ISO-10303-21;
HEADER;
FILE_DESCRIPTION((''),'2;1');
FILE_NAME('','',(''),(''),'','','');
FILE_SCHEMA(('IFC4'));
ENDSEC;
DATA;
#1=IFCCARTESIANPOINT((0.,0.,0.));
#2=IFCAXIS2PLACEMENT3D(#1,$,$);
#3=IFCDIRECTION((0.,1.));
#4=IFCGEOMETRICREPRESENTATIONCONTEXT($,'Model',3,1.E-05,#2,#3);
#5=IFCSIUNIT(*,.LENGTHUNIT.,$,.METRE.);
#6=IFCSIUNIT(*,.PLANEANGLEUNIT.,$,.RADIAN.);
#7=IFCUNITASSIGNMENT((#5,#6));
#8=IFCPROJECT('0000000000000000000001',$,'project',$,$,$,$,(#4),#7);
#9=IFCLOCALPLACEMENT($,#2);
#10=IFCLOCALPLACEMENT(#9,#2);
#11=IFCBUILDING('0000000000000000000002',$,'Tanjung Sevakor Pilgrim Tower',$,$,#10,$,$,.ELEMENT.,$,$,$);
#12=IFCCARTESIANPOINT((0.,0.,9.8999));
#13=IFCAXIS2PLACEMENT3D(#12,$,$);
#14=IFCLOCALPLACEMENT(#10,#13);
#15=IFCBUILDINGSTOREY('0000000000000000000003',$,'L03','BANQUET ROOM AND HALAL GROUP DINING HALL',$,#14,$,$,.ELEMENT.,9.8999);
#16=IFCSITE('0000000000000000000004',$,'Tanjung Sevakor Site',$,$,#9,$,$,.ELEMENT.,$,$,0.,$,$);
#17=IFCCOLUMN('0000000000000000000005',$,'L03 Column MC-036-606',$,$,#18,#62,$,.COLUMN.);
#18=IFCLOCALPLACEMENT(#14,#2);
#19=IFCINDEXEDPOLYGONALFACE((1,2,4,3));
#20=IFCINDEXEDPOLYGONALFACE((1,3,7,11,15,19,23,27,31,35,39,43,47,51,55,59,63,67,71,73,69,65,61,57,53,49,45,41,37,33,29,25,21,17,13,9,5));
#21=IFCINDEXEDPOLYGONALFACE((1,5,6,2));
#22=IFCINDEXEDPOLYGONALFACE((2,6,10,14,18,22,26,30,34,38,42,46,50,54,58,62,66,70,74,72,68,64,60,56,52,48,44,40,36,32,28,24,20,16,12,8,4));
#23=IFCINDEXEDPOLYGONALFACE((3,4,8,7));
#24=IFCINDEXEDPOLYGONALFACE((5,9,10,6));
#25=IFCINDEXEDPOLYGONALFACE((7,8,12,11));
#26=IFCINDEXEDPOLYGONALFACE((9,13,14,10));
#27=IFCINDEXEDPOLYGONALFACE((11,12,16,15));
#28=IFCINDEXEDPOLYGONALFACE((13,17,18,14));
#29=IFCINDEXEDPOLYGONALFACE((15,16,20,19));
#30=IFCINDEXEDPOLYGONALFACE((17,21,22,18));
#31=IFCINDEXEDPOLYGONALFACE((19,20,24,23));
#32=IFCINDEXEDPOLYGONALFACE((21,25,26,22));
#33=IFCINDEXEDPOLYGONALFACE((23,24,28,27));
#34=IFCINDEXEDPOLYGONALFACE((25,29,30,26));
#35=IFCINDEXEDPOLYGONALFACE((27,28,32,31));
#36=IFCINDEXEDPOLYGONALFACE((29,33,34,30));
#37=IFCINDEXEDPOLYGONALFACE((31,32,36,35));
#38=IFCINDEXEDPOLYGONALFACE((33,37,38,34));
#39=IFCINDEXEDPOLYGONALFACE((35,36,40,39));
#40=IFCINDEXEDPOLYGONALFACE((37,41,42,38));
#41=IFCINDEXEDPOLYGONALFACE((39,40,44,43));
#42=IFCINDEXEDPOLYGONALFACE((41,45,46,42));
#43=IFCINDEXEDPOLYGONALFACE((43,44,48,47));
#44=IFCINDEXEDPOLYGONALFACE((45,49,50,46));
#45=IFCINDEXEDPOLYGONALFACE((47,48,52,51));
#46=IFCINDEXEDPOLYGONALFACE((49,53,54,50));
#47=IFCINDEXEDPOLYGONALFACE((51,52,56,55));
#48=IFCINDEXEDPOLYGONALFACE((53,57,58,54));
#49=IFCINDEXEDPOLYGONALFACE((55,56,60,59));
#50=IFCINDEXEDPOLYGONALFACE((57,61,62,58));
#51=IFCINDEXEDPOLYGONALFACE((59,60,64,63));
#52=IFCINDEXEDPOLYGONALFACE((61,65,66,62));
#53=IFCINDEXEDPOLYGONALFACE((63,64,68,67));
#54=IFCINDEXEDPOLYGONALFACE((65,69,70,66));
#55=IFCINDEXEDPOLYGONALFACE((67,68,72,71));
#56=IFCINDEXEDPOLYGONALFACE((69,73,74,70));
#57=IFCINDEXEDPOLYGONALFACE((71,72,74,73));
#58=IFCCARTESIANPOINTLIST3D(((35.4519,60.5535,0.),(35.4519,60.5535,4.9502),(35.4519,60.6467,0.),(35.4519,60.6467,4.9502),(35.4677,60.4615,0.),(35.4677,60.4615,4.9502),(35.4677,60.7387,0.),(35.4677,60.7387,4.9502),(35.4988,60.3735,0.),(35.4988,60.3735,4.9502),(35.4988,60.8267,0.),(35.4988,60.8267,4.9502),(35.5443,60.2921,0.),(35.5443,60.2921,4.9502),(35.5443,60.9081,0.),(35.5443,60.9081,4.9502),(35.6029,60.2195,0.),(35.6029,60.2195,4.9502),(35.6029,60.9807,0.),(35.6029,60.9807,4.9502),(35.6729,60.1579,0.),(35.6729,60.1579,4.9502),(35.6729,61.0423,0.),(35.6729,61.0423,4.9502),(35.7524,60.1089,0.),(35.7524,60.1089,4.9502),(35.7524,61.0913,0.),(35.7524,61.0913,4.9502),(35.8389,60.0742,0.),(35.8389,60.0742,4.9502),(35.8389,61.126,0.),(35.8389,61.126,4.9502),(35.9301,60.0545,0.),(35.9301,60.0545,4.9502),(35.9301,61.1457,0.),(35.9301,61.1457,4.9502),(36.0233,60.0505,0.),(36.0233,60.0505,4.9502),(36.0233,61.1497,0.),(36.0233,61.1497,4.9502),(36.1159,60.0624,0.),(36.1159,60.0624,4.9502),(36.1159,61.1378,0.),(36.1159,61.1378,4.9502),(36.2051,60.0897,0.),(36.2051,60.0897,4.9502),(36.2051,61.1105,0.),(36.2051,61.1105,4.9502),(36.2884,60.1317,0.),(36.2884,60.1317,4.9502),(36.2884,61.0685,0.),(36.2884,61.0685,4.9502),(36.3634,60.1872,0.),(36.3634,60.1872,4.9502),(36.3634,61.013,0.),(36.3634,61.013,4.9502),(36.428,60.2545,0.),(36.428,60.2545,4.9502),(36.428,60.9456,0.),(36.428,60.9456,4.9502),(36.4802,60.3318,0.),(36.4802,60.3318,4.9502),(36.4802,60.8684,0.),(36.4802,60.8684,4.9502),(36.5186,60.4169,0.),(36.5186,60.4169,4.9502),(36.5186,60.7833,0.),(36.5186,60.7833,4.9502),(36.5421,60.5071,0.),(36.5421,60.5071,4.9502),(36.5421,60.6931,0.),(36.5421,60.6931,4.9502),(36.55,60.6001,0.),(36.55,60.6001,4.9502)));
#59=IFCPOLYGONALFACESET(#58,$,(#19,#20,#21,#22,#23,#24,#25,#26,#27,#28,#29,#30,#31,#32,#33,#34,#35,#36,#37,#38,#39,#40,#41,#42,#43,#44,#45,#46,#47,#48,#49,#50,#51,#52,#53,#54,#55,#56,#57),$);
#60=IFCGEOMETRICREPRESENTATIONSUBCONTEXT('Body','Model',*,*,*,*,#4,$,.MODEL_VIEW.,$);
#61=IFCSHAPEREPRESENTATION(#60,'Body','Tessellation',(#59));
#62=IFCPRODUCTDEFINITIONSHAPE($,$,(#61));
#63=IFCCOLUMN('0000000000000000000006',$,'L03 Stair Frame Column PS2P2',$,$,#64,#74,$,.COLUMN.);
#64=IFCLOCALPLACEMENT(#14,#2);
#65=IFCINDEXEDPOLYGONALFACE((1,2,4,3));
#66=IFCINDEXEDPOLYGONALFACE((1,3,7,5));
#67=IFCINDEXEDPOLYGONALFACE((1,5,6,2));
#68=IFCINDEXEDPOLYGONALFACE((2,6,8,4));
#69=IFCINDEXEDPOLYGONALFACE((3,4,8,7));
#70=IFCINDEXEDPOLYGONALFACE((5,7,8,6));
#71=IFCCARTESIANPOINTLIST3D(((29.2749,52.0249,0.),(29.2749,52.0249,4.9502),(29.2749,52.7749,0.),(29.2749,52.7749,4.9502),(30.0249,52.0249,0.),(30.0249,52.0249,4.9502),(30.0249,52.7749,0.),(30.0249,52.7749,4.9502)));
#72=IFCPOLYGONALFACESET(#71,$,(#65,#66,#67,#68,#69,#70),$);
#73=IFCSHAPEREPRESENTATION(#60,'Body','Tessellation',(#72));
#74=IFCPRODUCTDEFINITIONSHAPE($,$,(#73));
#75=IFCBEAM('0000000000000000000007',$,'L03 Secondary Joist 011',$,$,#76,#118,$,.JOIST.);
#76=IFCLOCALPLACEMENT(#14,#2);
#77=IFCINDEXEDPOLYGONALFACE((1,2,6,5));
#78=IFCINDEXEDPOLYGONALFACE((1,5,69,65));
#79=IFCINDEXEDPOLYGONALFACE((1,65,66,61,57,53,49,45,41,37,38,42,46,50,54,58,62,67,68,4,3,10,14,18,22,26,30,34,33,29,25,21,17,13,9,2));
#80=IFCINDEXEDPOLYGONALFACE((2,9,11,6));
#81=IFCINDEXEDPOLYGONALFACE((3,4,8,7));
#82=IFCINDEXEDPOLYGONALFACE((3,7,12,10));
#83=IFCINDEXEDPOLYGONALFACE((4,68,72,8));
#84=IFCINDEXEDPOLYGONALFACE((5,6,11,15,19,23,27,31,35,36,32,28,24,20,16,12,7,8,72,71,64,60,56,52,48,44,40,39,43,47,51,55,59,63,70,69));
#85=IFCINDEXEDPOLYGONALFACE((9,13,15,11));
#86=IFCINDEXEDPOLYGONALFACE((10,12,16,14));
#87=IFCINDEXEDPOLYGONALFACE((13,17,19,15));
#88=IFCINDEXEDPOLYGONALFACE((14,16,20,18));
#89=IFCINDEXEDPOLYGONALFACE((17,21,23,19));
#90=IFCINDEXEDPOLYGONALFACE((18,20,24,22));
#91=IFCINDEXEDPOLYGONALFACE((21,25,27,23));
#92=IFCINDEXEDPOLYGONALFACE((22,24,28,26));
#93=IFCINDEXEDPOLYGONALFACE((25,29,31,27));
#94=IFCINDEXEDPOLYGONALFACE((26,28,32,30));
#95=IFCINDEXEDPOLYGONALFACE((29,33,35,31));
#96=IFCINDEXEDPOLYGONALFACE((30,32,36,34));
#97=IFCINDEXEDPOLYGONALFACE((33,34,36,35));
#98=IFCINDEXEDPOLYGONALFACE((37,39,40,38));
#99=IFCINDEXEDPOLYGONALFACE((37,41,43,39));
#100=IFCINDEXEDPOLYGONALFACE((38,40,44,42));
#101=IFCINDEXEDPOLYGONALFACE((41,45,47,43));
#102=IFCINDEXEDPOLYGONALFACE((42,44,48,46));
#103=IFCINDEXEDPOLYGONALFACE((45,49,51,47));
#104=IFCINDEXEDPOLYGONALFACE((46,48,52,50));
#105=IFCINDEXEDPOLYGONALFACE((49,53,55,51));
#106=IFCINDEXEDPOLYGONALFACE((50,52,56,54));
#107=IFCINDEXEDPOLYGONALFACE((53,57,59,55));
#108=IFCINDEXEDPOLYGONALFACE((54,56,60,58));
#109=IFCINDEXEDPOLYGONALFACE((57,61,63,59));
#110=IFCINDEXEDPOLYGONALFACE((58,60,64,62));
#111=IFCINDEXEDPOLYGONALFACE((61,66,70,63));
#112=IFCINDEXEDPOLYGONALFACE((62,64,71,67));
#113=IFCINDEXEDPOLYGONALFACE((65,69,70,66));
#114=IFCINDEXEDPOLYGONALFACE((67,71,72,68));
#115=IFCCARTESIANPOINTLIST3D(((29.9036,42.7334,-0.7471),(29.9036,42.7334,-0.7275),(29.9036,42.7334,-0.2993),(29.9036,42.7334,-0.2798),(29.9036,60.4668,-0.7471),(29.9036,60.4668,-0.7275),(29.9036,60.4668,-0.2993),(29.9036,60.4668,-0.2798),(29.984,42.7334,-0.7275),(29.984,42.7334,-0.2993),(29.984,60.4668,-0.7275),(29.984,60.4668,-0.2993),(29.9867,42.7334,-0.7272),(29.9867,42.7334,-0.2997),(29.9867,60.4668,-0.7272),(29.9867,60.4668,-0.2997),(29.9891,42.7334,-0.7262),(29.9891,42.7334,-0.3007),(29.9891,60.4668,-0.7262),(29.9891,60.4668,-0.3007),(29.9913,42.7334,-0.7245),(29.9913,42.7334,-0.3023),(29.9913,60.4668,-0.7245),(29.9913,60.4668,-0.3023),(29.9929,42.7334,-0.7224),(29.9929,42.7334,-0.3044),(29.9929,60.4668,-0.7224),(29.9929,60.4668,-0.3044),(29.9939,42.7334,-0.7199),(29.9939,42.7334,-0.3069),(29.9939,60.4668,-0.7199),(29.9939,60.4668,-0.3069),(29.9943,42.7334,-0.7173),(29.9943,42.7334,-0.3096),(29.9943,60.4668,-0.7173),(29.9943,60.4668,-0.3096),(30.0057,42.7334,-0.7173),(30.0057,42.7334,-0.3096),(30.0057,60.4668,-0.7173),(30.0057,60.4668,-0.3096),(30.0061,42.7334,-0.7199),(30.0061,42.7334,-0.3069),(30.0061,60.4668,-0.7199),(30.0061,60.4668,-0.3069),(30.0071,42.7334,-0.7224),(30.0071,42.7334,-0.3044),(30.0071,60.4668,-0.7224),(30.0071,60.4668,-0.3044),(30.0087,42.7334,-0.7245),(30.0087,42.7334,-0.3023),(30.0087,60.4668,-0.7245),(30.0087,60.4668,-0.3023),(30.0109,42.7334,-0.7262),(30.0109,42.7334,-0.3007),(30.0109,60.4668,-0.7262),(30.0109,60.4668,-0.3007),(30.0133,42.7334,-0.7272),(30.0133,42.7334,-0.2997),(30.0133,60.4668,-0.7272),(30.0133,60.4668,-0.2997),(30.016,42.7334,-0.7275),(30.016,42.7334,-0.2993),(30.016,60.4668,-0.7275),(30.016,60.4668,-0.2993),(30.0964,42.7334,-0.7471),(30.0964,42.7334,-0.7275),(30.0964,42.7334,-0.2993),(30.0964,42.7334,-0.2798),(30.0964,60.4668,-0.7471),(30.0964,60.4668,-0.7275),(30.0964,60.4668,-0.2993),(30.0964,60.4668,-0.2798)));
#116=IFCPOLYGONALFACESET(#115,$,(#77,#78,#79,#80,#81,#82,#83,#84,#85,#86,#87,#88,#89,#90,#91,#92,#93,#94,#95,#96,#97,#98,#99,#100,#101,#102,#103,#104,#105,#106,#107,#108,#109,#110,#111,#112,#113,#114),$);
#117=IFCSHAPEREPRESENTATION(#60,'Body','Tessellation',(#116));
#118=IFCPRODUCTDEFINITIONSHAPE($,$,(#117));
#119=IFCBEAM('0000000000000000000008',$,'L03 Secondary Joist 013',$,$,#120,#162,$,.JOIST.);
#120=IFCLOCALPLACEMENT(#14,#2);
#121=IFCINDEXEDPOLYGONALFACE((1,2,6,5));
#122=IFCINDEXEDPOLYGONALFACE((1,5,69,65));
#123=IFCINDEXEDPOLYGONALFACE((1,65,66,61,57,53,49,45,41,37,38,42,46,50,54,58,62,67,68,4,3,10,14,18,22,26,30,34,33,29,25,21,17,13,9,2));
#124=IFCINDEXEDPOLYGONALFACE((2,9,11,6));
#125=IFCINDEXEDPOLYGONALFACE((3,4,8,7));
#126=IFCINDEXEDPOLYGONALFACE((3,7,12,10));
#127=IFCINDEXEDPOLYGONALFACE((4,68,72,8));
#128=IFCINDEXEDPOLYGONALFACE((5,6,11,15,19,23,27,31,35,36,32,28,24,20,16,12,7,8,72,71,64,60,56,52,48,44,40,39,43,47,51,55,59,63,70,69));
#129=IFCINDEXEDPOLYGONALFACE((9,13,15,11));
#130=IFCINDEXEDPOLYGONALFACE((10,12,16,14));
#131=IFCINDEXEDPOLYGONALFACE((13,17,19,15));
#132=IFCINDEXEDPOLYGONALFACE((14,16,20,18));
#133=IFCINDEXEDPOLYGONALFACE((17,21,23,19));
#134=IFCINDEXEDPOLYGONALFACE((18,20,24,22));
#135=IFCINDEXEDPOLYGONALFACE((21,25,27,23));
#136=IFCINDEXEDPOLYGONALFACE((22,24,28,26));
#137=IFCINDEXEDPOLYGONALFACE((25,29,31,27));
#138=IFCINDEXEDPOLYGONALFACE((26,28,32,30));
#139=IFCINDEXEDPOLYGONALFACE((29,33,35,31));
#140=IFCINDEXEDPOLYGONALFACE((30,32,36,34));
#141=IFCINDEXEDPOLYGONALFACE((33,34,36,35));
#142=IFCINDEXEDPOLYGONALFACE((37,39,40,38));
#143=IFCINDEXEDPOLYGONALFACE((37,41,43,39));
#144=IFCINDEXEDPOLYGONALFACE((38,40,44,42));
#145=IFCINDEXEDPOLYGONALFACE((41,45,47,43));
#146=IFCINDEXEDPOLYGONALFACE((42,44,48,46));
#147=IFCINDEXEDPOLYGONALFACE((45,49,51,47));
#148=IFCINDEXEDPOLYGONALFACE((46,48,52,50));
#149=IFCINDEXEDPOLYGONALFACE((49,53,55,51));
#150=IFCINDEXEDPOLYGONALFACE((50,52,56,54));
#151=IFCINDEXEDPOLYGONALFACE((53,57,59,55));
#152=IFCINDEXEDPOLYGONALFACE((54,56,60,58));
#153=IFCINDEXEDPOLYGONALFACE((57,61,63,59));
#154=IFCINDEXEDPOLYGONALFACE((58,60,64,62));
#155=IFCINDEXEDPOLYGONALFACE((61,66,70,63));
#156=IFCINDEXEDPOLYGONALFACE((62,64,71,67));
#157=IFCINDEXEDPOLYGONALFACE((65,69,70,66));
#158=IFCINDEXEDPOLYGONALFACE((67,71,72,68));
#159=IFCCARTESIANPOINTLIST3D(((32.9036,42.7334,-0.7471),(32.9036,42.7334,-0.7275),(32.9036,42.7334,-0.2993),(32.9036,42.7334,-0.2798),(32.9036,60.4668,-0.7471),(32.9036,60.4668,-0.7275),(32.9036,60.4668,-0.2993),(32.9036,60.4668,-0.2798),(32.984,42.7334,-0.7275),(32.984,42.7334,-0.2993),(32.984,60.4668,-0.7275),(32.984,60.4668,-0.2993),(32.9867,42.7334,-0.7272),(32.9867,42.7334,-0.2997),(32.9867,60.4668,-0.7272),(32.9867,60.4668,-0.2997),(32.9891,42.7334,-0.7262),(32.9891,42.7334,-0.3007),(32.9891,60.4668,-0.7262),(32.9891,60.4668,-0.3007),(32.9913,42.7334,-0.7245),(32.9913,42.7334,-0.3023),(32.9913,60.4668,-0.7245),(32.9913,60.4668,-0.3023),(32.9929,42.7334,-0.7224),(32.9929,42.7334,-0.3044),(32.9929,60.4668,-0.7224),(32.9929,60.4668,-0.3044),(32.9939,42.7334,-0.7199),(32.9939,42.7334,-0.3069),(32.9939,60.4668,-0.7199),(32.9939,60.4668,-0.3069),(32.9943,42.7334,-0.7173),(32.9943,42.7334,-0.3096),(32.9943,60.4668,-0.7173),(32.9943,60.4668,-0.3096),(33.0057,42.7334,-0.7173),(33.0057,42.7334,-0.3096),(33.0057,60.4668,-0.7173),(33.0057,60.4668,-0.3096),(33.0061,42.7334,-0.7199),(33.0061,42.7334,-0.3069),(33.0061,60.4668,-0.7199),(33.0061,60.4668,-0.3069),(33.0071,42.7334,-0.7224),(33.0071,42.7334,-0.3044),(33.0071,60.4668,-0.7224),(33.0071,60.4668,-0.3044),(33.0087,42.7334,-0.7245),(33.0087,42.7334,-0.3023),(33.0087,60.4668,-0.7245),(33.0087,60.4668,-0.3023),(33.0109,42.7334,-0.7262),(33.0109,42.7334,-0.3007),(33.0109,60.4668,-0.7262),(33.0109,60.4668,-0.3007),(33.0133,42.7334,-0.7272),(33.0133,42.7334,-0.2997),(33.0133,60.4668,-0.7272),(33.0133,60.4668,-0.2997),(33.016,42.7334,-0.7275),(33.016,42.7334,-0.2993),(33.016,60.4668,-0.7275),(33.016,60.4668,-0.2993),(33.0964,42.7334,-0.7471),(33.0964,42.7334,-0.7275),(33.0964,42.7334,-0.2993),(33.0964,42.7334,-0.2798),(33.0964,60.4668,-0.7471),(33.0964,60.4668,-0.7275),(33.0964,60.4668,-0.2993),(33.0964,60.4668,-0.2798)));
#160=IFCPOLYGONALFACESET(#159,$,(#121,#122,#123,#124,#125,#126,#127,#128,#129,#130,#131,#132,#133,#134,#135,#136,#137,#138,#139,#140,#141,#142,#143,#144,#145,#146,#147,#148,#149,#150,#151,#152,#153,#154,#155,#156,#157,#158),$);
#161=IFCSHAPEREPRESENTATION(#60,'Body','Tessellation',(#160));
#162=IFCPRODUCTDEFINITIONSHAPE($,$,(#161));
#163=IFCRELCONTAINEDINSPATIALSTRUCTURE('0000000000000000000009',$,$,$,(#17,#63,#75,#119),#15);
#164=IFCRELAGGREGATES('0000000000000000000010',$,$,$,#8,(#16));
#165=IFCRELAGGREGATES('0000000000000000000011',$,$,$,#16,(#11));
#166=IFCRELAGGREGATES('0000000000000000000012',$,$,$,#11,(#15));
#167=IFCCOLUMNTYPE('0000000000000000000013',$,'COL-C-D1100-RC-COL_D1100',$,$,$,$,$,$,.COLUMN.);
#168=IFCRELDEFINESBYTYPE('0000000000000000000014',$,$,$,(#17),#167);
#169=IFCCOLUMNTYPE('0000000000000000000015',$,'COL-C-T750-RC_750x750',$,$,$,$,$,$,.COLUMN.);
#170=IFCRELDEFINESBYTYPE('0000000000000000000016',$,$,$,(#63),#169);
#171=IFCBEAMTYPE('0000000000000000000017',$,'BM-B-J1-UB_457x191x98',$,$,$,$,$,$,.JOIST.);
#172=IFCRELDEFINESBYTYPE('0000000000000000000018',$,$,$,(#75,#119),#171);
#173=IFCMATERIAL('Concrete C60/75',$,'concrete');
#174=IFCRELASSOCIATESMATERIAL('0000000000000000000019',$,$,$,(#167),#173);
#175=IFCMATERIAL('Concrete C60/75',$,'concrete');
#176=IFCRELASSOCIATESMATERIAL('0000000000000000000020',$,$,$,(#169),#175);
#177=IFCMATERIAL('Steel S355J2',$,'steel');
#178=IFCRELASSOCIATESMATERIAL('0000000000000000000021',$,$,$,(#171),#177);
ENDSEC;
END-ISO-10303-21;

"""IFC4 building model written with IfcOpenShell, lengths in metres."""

from ifc_helpers import new_model, si_unit, direction, frame, origin, origin_2d, place, context, subcontext, project, spatial, rectangle, circle, i_section, extrude, material, material_profile, profile_set, type_object, element, save


model = new_model("IFC4")

# Units and contexts
model_context = context("Model", 3, precision=1e-05, world=origin(), true_north=direction((0.0, 1.0)))
body_context = subcontext(model_context, "Body", "Model", "MODEL_VIEW")
ifc_project = project(units=[si_unit("LENGTHUNIT", "METRE"), si_unit("PLANEANGLEUNIT", "RADIAN")], contexts=[model_context])

# Site, building, storey
site_placement = place(None, origin())
site = spatial("IfcSite", under=ifc_project, at=site_placement, Name="Tanjung Sevakor Site", CompositionType="ELEMENT", RefElevation=0.0)
building_placement = place(site_placement, origin())
building = spatial("IfcBuilding", under=site, at=building_placement, Name="Tanjung Sevakor Pilgrim Tower", CompositionType="ELEMENT")
storey_placement = place(building_placement, frame((0.0, 0.0, 9.8999)))
storey = spatial("IfcBuildingStorey", under=building, at=storey_placement, Name="L03", Description="BANQUET ROOM AND HALAL GROUP DINING HALL", CompositionType="ELEMENT", Elevation=9.8999)

# Columns
ifc_material_1 = material(Name="Concrete C60/75", Category="concrete")
ifc_material_profile_1 = material_profile(ifc_material_1, circle(Radius=0.55, at=origin_2d()))
ifc_profile_set_1 = profile_set([ifc_material_profile_1], Name="Concrete C60/75")
column_type_1 = type_object("IfcColumnType", Name="COL-C-D1100-RC-COL_D1100", PredefinedType="COLUMN", material=ifc_profile_set_1)
column_1_placement = place(storey_placement, frame((36.0, 60.6001, 0.0), z_axis=(0.0, 0.0, 1.0), x_axis=(1.0, 0.0, 0.0)))
element("IfcColumn", 1, at=column_1_placement, inside=storey, type_object=column_type_1, Name="L03 Column MC-036-606", PredefinedType="COLUMN", context=body_context, shape_type="SweptSolid", body=[
    extrude(circle(Radius=0.55, at=origin_2d()), origin(), (0.0, 0.0, 1.0), 4.9502),
])
ifc_material_2 = material(Name="Concrete C60/75", Category="concrete")
ifc_material_profile_2 = material_profile(ifc_material_2, rectangle(XDim=0.75, YDim=0.75, at=origin_2d()))
ifc_profile_set_2 = profile_set([ifc_material_profile_2], Name="Concrete C60/75")
column_type_2 = type_object("IfcColumnType", Name="COL-C-T750-RC_750x750", PredefinedType="COLUMN", material=ifc_profile_set_2)
column_2_placement = place(storey_placement, frame((29.6499, 52.3999, 0.0), z_axis=(0.0, 0.0, 1.0), x_axis=(1.0, 0.0, 0.0)))
element("IfcColumn", 2, at=column_2_placement, inside=storey, type_object=column_type_2, Name="L03 Stair Frame Column PS2P2", PredefinedType="COLUMN", context=body_context, shape_type="SweptSolid", body=[
    extrude(rectangle(XDim=0.75, YDim=0.75, at=origin_2d()), origin(), (0.0, 0.0, 1.0), 4.9502),
])

# Beams
ifc_material_3 = material(Name="Steel S355J2", Category="steel")
ifc_material_profile_3 = material_profile(ifc_material_3, i_section(OverallWidth=0.1929, OverallDepth=0.4673, WebThickness=0.0115, FlangeThickness=0.0195, FilletRadius=0.0103, at=origin_2d()))
ifc_profile_set_3 = profile_set([ifc_material_profile_3], Name="Steel S355J2")
beam_type_1 = type_object("IfcBeamType", Name="BM-B-J1-UB_457x191x98", PredefinedType="JOIST", material=ifc_profile_set_3)
for number, where, z_axis, x_axis, name in (
    (3, (30.0, 42.7334, -0.5134), (0.0, 1.0, 0.0), (-1.0, 0.0, 0.0), "L03 Secondary Joist 011"),
    (4, (33.0, 42.7334, -0.5134), (0.0, 1.0, 0.0), (-1.0, 0.0, 0.0), "L03 Secondary Joist 013"),
):
    element("IfcBeam", number, at=place(storey_placement, frame(where, z_axis=z_axis, x_axis=x_axis)), inside=storey, type_object=beam_type_1, Name=name, PredefinedType="JOIST", context=body_context, shape_type="SweptSolid", body=[
        extrude(i_section(OverallWidth=0.1929, OverallDepth=0.4673, WebThickness=0.0115, FlangeThickness=0.0195, FilletRadius=0.0103, at=origin_2d()), origin(), (0.0, 0.0, 1.0), 17.7334),
    ])

save(model, "model.ifc")
